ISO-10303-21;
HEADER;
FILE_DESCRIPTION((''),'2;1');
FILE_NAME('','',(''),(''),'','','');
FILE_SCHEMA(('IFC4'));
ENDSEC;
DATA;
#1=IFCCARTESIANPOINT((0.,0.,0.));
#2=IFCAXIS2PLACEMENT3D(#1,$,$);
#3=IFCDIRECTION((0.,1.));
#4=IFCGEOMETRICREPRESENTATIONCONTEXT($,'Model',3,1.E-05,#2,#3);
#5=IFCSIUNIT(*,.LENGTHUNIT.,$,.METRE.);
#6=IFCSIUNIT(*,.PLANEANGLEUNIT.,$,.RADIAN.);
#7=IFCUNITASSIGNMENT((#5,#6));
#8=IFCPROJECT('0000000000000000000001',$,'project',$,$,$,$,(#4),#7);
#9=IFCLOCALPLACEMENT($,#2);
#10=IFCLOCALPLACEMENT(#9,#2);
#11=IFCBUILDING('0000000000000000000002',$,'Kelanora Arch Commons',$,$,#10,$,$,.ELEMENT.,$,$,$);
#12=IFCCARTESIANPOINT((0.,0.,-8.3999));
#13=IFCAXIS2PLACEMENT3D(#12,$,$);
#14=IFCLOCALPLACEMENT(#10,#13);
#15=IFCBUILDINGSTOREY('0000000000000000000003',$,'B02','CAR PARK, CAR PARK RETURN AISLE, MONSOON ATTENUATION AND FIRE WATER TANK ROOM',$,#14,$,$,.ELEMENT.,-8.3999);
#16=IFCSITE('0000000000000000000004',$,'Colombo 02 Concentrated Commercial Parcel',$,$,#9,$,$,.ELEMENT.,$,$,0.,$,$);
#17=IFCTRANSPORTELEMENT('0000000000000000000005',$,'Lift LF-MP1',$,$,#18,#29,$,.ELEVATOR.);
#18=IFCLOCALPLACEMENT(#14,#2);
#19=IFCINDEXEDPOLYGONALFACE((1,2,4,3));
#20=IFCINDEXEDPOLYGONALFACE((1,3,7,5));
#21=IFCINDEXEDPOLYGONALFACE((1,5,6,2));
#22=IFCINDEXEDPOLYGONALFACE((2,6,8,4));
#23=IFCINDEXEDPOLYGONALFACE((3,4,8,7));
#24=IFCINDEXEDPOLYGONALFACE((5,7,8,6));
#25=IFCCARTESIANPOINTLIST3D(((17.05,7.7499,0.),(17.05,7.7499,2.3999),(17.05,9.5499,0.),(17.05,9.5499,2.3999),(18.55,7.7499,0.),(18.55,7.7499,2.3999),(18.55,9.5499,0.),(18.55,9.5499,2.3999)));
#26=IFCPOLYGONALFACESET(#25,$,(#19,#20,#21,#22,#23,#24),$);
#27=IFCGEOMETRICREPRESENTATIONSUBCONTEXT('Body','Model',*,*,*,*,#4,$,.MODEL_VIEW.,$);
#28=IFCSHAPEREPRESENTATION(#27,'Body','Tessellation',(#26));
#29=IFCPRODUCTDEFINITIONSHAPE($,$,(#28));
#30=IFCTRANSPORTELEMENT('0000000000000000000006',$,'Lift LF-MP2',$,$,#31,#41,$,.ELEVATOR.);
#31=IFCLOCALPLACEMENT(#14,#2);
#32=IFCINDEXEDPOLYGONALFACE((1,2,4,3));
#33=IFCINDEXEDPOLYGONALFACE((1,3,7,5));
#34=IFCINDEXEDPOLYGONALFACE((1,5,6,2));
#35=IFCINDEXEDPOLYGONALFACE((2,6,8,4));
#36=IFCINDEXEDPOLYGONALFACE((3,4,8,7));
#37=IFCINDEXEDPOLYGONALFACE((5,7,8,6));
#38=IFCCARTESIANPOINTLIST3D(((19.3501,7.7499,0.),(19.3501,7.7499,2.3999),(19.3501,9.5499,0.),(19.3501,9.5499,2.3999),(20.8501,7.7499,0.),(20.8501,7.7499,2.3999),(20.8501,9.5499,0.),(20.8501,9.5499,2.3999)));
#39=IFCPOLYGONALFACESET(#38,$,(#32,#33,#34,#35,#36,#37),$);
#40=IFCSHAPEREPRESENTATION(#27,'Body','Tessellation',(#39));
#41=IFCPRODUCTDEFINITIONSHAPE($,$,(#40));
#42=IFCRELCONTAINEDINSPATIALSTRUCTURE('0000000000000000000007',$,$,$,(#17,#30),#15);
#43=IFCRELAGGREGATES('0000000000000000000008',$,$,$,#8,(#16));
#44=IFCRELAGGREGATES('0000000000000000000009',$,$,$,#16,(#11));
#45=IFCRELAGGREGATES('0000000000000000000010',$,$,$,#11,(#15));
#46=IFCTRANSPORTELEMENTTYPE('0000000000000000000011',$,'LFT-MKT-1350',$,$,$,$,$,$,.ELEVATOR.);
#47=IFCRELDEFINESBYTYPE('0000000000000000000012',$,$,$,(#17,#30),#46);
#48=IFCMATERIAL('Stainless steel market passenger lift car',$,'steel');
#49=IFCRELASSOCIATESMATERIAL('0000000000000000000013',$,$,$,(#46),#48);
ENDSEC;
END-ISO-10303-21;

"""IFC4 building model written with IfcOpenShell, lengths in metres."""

from ifc_helpers import new_model, si_unit, direction, frame, origin, origin_2d, place, context, subcontext, project, spatial, rectangle, extrude, source, transform, mapped, material, type_object, element, save


model = new_model("IFC4")

# Units and contexts
model_context = context("Model", 3, precision=1e-05, world=origin(), true_north=direction((0.0, 1.0)))
body_context = subcontext(model_context, "Body", "Model", "MODEL_VIEW")
ifc_project = project(units=[si_unit("LENGTHUNIT", "METRE"), si_unit("PLANEANGLEUNIT", "RADIAN")], contexts=[model_context])

# Site, building, storey
site_placement = place(None, origin())
site = spatial("IfcSite", under=ifc_project, at=site_placement, Name="Colombo 02 Concentrated Commercial Parcel", CompositionType="ELEMENT", RefElevation=0.0)
building_placement = place(site_placement, origin())
building = spatial("IfcBuilding", under=site, at=building_placement, Name="Kelanora Arch Commons", CompositionType="ELEMENT")
storey_placement = place(building_placement, frame((0.0, 0.0, -8.3999)))
storey = spatial("IfcBuildingStorey", under=building, at=storey_placement, Name="B02", Description="CAR PARK, CAR PARK RETURN AISLE, MONSOON ATTENUATION AND FIRE WATER TANK ROOM", CompositionType="ELEMENT", Elevation=-8.3999)

# Transport elements
ifc_material_1 = material(Name="Stainless steel market passenger lift car", Category="steel")
transport_element_type = type_object("IfcTransportElementType", Name="LFT-MKT-1350", PredefinedType="ELEVATOR", material=ifc_material_1)
shared_shape_1 = source(origin(), body_context, "Body", "SweptSolid", [
    extrude(rectangle(XDim=1.5, YDim=1.8, at=origin_2d()), origin(), (0.0, 0.0, 1.0), 2.3999),
])
for number, where, z_axis, x_axis, name in (
    (1, (17.8, 8.6499, 0.0), (0.0, 0.0, 1.0), (1.0, 0.0, 0.0), "Lift LF-MP1"),
    (2, (20.1001, 8.6499, 0.0), (0.0, 0.0, 1.0), (1.0, 0.0, 0.0), "Lift LF-MP2"),
):
    element("IfcTransportElement", number, at=place(storey_placement, frame(where, z_axis=z_axis, x_axis=x_axis)), inside=storey, type_object=transport_element_type, Name=name, PredefinedType="ELEVATOR", context=body_context, shape_type="MappedRepresentation", body=[
        mapped(shared_shape_1, transform((0.0, 0.0, 0.0), scale=1.0)),
    ])

save(model, "model.ifc")
